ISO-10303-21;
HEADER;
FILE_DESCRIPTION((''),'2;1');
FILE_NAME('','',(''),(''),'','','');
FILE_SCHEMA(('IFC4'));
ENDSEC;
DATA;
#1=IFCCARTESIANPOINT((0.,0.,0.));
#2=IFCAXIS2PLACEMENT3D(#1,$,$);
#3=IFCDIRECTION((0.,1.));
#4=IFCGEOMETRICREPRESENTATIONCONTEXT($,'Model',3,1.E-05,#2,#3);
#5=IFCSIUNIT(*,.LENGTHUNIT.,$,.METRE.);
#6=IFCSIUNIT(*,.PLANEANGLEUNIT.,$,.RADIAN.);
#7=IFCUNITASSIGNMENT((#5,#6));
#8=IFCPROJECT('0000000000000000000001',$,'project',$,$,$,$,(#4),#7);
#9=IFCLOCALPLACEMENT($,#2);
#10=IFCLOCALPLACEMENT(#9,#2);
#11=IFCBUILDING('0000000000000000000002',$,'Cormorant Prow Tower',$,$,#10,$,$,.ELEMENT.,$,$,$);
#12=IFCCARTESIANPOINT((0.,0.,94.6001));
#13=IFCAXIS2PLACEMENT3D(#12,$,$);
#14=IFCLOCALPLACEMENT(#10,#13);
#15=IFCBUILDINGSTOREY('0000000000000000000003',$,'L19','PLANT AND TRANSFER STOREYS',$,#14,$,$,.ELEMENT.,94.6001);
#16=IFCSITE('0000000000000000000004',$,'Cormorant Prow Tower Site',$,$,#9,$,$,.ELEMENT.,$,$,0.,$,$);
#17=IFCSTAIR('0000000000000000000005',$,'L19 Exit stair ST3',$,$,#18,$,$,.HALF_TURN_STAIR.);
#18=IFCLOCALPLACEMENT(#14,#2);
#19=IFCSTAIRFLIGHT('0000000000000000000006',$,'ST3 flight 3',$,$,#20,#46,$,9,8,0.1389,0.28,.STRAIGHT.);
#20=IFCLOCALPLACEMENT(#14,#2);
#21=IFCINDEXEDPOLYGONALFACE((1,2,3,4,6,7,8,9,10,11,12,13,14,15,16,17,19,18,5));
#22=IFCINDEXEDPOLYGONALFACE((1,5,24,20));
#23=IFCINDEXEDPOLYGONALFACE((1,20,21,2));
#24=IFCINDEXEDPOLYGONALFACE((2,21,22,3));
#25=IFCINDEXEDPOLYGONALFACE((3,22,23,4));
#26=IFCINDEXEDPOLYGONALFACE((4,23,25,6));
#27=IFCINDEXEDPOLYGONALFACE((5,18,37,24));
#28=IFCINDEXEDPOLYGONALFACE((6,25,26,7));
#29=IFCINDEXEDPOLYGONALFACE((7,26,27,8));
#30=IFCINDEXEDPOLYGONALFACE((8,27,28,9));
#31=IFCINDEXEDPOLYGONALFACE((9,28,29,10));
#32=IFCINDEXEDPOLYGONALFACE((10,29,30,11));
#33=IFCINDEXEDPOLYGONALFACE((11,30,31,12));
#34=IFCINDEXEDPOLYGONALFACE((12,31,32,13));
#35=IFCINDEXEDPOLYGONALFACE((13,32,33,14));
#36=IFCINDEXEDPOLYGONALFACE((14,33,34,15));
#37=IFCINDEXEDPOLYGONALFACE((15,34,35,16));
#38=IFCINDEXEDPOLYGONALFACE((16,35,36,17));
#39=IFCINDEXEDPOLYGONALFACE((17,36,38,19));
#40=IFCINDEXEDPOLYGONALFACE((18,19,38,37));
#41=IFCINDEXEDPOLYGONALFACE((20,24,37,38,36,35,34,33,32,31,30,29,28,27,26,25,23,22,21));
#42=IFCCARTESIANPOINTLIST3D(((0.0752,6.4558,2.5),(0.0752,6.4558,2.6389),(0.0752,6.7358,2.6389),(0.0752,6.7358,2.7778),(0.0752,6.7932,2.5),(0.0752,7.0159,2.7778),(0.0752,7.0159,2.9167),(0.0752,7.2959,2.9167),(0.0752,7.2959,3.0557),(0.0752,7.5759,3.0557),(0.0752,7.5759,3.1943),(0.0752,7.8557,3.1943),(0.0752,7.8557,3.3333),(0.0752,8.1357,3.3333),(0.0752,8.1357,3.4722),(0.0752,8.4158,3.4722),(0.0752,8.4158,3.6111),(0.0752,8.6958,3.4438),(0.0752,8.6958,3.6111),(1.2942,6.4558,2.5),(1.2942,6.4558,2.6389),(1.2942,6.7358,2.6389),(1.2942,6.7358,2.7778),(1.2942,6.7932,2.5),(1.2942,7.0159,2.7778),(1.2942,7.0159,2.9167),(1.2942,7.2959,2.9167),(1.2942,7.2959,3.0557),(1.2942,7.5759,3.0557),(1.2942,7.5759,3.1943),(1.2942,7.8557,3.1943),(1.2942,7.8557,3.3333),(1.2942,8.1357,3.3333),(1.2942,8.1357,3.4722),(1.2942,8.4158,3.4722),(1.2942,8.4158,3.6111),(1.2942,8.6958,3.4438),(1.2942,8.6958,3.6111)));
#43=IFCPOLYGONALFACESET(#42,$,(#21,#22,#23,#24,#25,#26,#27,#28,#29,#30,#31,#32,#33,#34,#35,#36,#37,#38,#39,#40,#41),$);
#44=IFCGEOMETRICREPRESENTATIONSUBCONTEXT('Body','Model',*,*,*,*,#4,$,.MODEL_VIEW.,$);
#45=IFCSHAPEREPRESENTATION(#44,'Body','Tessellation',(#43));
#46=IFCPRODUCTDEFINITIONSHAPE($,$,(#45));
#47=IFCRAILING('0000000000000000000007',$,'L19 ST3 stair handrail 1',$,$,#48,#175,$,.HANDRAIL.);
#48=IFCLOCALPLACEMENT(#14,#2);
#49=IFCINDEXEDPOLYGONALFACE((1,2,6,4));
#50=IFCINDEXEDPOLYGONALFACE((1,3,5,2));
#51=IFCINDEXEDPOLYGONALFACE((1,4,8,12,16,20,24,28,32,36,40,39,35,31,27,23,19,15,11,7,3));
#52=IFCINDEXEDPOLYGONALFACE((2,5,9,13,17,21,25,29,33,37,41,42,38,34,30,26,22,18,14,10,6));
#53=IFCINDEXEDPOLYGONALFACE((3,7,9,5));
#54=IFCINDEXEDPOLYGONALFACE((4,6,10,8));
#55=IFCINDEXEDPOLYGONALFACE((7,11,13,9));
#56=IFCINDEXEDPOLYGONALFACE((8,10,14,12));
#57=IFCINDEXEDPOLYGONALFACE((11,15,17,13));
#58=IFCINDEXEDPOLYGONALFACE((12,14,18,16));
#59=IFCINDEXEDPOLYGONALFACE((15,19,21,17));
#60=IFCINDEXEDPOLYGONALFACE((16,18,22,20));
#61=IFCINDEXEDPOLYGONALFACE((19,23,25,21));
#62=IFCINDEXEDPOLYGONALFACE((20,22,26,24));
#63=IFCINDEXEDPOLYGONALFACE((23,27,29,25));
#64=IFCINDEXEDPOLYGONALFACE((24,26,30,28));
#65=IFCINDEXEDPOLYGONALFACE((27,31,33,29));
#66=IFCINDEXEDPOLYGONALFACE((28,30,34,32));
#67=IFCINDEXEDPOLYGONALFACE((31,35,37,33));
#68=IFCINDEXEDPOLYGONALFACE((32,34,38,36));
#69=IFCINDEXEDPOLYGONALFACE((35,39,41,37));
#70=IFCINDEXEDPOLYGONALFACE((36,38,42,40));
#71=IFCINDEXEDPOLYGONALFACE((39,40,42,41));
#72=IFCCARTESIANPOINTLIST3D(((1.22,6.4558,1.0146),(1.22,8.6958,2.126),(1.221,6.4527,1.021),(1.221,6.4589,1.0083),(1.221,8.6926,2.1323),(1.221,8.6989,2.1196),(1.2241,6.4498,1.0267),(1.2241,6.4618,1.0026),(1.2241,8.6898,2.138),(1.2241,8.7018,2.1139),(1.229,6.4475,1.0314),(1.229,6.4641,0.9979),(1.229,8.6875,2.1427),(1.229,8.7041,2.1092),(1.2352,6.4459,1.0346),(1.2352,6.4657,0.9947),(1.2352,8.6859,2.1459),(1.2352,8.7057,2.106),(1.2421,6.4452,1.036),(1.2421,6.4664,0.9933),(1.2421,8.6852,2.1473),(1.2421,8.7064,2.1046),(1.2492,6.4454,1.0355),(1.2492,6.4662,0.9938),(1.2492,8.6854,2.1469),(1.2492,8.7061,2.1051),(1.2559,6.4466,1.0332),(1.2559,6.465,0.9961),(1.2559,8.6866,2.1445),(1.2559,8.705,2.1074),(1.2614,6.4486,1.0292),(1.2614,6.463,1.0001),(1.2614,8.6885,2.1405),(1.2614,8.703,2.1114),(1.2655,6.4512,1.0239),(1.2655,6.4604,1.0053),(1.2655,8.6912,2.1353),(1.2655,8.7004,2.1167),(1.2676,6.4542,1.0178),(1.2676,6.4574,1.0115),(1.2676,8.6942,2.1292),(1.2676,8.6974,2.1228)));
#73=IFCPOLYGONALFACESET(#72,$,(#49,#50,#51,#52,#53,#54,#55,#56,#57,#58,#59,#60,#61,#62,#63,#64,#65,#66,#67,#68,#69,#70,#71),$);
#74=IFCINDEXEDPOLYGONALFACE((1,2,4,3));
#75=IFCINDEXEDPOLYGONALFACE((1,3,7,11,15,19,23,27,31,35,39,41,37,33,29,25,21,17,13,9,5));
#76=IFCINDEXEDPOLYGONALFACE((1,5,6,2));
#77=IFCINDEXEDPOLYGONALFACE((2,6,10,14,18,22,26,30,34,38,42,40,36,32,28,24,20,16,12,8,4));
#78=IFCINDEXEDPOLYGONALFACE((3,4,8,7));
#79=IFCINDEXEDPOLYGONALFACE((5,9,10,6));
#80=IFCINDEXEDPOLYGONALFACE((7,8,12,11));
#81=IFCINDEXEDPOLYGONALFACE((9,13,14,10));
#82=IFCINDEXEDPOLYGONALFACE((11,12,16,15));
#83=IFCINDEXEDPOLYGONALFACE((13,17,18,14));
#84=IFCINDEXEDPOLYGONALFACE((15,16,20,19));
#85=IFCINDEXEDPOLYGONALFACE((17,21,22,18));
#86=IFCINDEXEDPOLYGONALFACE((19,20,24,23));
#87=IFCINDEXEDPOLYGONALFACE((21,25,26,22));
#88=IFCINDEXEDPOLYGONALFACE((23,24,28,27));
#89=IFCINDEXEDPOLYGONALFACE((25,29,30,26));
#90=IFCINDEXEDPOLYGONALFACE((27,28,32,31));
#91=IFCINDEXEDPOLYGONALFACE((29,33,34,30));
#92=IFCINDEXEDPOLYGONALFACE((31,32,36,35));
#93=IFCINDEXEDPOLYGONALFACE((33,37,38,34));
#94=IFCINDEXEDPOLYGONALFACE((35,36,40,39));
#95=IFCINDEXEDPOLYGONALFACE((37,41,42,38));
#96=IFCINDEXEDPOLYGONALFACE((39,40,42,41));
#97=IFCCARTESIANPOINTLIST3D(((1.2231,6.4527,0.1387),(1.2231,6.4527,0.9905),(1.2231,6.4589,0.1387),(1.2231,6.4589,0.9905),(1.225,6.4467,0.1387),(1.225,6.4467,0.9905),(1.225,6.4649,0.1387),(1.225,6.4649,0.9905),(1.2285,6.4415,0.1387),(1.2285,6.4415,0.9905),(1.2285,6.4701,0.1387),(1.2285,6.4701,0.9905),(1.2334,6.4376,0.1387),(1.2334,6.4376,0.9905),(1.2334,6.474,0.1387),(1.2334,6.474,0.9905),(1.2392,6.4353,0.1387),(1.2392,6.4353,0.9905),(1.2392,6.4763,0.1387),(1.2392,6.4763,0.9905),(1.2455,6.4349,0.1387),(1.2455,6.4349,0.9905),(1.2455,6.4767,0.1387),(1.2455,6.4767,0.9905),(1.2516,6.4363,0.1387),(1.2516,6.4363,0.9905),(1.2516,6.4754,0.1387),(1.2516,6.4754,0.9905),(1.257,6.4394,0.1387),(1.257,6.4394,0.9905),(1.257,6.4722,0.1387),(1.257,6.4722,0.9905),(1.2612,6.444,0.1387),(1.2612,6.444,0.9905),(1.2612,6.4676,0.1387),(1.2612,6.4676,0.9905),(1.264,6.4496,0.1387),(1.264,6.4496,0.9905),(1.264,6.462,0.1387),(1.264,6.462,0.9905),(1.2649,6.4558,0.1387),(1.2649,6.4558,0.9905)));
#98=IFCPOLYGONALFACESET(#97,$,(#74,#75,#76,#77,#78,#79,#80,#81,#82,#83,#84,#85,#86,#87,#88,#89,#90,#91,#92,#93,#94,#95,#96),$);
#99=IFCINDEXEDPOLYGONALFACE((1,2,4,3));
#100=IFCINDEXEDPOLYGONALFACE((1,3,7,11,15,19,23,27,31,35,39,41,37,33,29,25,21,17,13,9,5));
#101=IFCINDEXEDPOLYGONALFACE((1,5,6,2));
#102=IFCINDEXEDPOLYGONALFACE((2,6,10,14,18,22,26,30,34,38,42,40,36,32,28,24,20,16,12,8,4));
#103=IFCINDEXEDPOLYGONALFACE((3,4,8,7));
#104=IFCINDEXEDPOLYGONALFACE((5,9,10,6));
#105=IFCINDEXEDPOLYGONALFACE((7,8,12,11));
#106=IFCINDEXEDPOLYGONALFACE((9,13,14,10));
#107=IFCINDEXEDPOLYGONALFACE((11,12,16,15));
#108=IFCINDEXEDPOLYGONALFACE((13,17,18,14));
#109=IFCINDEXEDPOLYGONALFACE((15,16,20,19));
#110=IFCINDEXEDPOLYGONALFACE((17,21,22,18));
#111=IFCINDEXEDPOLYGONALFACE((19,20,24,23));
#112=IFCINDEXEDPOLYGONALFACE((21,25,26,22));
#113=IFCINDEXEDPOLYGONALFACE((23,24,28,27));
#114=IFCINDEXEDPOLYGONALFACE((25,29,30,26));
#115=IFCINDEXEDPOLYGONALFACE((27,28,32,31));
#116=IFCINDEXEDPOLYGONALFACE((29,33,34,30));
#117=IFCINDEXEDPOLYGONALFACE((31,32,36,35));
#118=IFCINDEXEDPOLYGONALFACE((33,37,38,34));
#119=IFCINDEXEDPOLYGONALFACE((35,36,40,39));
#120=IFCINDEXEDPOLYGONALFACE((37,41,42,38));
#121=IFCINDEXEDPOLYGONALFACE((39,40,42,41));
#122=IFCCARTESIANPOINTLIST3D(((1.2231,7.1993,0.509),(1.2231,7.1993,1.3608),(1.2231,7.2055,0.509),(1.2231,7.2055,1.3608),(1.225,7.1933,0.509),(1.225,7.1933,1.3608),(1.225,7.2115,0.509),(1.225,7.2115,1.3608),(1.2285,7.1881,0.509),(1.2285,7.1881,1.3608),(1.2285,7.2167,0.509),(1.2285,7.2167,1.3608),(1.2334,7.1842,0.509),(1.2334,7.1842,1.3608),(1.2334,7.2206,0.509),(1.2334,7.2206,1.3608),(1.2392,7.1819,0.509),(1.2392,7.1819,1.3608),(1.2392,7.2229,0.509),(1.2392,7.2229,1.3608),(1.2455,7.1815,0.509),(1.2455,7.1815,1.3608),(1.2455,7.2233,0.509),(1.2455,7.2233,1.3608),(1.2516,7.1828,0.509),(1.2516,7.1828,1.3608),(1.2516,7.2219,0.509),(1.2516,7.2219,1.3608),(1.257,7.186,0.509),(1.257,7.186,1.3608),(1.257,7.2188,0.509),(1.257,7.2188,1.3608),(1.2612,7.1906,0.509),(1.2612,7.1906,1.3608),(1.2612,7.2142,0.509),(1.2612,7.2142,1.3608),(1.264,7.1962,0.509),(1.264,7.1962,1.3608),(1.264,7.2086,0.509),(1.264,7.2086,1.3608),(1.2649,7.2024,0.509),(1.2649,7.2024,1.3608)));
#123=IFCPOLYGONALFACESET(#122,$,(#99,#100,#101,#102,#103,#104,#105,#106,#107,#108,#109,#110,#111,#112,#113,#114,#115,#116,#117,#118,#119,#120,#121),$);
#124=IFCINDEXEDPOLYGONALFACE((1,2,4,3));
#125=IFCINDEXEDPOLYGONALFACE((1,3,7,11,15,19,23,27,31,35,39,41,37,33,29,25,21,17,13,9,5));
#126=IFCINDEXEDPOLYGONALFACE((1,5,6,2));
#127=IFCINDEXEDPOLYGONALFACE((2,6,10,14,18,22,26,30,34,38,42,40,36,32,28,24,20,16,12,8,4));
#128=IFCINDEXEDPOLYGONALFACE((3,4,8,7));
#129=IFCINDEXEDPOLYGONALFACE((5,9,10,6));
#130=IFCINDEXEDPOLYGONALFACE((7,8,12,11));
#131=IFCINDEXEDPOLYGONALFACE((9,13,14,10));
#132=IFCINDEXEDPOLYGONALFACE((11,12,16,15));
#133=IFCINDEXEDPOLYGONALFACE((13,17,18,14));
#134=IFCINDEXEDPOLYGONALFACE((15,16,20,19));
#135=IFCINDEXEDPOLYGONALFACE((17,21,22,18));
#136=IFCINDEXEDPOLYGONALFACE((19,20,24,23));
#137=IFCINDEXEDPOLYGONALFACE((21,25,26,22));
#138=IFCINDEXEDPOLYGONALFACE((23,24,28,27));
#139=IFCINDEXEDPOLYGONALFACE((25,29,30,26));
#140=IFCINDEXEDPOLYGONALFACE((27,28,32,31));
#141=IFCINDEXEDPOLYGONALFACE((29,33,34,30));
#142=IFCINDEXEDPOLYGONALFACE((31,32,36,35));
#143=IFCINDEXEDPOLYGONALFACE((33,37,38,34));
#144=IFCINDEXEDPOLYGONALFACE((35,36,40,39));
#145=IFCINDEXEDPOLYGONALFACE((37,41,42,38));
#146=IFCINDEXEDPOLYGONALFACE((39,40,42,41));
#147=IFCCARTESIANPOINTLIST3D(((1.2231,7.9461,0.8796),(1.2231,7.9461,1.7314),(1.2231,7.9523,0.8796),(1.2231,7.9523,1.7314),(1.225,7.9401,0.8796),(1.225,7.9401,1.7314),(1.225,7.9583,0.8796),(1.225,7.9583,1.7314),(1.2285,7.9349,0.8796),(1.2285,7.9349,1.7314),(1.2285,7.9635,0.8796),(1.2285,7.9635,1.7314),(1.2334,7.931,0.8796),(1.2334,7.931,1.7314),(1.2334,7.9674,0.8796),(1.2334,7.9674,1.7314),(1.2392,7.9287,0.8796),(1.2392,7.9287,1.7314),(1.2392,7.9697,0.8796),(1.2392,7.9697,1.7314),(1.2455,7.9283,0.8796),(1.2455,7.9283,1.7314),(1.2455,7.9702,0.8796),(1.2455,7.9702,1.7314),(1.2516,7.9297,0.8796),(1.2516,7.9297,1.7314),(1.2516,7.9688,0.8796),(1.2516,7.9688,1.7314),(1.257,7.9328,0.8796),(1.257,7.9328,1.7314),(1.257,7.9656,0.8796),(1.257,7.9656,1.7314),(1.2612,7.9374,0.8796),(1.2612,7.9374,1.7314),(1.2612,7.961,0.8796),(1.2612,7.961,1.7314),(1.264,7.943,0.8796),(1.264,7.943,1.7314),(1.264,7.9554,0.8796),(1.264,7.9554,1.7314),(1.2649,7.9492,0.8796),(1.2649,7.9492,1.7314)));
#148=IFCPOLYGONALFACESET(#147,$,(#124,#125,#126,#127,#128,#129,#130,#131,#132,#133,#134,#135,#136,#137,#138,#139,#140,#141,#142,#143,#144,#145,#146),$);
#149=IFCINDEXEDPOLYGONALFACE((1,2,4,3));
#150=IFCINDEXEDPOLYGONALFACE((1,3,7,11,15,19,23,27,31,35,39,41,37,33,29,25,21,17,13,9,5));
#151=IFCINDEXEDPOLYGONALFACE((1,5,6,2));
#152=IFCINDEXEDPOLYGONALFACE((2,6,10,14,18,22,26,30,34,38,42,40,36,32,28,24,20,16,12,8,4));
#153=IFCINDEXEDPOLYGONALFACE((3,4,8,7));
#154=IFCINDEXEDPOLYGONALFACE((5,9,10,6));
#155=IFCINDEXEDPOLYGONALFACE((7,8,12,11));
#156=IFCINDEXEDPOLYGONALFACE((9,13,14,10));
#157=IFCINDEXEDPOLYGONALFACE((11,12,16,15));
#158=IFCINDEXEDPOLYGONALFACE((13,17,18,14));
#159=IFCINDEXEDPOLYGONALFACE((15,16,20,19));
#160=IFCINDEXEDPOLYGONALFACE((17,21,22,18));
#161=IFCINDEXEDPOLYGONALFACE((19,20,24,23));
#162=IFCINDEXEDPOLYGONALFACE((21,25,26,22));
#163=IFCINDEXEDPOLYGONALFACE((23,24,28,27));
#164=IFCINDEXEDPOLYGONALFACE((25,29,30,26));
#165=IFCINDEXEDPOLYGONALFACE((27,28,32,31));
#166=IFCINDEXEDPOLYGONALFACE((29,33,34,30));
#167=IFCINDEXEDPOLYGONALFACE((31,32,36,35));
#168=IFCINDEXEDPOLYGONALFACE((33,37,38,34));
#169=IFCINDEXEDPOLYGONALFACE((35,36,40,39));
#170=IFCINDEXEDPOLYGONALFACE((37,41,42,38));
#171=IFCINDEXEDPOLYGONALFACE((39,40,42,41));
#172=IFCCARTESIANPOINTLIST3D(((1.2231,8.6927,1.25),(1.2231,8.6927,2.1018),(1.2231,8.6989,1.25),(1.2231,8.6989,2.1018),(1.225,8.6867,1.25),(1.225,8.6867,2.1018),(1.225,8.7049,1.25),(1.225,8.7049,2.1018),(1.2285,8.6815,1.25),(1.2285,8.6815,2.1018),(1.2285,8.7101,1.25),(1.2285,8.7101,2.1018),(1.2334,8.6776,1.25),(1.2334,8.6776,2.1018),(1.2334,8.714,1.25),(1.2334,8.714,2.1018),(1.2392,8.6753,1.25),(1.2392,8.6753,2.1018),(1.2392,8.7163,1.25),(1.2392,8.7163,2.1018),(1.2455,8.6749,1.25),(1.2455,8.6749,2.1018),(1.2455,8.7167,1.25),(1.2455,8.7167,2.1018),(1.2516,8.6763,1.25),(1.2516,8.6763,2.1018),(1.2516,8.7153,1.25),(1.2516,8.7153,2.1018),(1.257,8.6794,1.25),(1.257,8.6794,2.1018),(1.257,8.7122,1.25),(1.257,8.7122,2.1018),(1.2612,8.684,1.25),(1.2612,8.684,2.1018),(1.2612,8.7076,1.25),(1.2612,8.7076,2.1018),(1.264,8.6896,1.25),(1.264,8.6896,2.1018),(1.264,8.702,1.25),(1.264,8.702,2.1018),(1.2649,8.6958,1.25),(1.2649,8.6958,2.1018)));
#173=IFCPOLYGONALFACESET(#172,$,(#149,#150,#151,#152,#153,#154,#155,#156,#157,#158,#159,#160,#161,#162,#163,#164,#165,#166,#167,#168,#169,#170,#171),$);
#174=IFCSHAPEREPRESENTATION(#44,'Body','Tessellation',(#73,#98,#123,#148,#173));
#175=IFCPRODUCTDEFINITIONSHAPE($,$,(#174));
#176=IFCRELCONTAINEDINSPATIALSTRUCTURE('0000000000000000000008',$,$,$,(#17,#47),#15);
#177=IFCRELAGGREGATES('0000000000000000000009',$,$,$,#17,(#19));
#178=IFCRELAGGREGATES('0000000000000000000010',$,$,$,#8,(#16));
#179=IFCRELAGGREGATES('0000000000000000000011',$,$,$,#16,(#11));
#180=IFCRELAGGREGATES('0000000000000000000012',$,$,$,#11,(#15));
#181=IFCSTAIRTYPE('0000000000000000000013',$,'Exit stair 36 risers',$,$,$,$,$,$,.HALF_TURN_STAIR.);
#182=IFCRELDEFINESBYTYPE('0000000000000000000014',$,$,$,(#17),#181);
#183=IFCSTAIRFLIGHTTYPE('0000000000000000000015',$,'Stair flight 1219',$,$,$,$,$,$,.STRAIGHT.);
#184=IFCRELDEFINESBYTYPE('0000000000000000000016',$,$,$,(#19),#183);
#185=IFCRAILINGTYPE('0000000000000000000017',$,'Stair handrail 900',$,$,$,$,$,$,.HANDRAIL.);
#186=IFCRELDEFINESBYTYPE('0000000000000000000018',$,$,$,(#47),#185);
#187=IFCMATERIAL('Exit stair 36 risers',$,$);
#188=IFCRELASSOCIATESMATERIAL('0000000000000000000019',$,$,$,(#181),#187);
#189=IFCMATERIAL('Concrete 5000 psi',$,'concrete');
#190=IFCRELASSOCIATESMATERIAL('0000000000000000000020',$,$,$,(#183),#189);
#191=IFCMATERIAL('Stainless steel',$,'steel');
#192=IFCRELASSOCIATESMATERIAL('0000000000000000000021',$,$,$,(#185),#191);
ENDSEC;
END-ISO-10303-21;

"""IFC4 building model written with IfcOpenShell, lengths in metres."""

from ifc_helpers import new_model, si_unit, direction, frame, origin, origin_2d, place, context, subcontext, project, spatial, polyline, circle, outline, extrude, material, type_object, element, aggregate, save


model = new_model("IFC4")

# Units and contexts
model_context = context("Model", 3, precision=1e-05, world=origin(), true_north=direction((0.0, 1.0)))
body_context = subcontext(model_context, "Body", "Model", "MODEL_VIEW")
ifc_project = project(units=[si_unit("LENGTHUNIT", "METRE"), si_unit("PLANEANGLEUNIT", "RADIAN")], contexts=[model_context])

# Site, building, storey
site_placement = place(None, origin())
site = spatial("IfcSite", under=ifc_project, at=site_placement, Name="Cormorant Prow Tower Site", CompositionType="ELEMENT", RefElevation=0.0)
building_placement = place(site_placement, origin())
building = spatial("IfcBuilding", under=site, at=building_placement, Name="Cormorant Prow Tower", CompositionType="ELEMENT")
storey_placement = place(building_placement, frame((0.0, 0.0, 94.6001)))
storey = spatial("IfcBuildingStorey", under=building, at=storey_placement, Name="L19", Description="PLANT AND TRANSFER STOREYS", CompositionType="ELEMENT", Elevation=94.6001)

# Stair
ifc_material_1 = material(Name="Exit stair 36 risers")
stair_type = type_object("IfcStairType", Name="Exit stair 36 risers", PredefinedType="HALF_TURN_STAIR", material=ifc_material_1)
stair_1_placement = place(storey_placement, origin())
stair_1 = element("IfcStair", 1, at=stair_1_placement, inside=storey, type_object=stair_type, Name="L19 Exit stair ST3", PredefinedType="HALF_TURN_STAIR")

# Stair flight
ifc_material_2 = material(Name="Concrete 5000 psi", Category="concrete")
stair_flight_type = type_object("IfcStairFlightType", Name="Stair flight 1219", PredefinedType="STRAIGHT", material=ifc_material_2)
stair_flight_1_placement = place(storey_placement, frame((0.6846, 6.4558, 2.5), z_axis=(0.0, 0.0, 1.0), x_axis=(0.0, 1.0, 0.0)))
stair_flight_1 = element("IfcStairFlight", 2, at=stair_flight_1_placement, type_object=stair_flight_type, Name="ST3 flight 3", NumberOfRisers=9, NumberOfTreads=8, PredefinedType="STRAIGHT", RiserHeight=0.1389, TreadLength=0.28, context=body_context, shape_type="SweptSolid", body=[
    extrude(outline(polyline([(0.0, 0.0), (0.0, 0.1389), (0.28, 0.1389), (0.28, 0.2778), (0.5601, 0.2778), (0.5601, 0.4167), (0.8401, 0.4167), (0.8401, 0.5557), (1.1201, 0.5557), (1.1201, 0.6943), (1.3999, 0.6943), (1.3999, 0.8333), (1.6799, 0.8333), (1.6799, 0.9722), (1.96, 0.9722), (1.96, 1.1111), (2.24, 1.1111), (2.24, 1.25), (2.24, 0.9438), (0.3374, 0.0), (0.0, 0.0)])), frame((0.0, 0.6094, 0.0), z_axis=(0.0, -1.0, 0.0), x_axis=(1.0, 0.0, 0.0)), (0.0, 0.0, 1.0), 1.219),
])
aggregate(stair_1, [stair_flight_1])

# Railing
ifc_material_3 = material(Name="Stainless steel", Category="steel")
railing_type_1 = type_object("IfcRailingType", Name="Stair handrail 900", PredefinedType="HANDRAIL", material=ifc_material_3)
for number, where, name in (
    (3, (1.2439, 6.4558, 0.1387), "L19 ST3 stair handrail 1"),
):
    element("IfcRailing", number, at=place(storey_placement, frame(where)), inside=storey, type_object=railing_type_1, Name=name, PredefinedType="HANDRAIL", context=body_context, shape_type="SweptSolid", body=[
        extrude(circle(Radius=0.0239, at=origin_2d()), frame((0.0, 0.0, 0.876), z_axis=(0.0, 0.895809, 0.444439), x_axis=(-1.0, 0.0, 0.0)), (0.0, 0.0, 1.0), 2.5005),
        extrude(circle(Radius=0.021, at=origin_2d()), origin(), (0.0, 0.0, 1.0), 0.8518),
        extrude(circle(Radius=0.021, at=origin_2d()), frame((0.0, 0.7466, 0.3704)), (0.0, 0.0, 1.0), 0.8518),
        extrude(circle(Radius=0.021, at=origin_2d()), frame((0.0, 1.4934, 0.741)), (0.0, 0.0, 1.0), 0.8518),
        extrude(circle(Radius=0.021, at=origin_2d()), frame((0.0, 2.24, 1.1113)), (0.0, 0.0, 1.0), 0.8518),
    ])

save(model, "model.ifc")
